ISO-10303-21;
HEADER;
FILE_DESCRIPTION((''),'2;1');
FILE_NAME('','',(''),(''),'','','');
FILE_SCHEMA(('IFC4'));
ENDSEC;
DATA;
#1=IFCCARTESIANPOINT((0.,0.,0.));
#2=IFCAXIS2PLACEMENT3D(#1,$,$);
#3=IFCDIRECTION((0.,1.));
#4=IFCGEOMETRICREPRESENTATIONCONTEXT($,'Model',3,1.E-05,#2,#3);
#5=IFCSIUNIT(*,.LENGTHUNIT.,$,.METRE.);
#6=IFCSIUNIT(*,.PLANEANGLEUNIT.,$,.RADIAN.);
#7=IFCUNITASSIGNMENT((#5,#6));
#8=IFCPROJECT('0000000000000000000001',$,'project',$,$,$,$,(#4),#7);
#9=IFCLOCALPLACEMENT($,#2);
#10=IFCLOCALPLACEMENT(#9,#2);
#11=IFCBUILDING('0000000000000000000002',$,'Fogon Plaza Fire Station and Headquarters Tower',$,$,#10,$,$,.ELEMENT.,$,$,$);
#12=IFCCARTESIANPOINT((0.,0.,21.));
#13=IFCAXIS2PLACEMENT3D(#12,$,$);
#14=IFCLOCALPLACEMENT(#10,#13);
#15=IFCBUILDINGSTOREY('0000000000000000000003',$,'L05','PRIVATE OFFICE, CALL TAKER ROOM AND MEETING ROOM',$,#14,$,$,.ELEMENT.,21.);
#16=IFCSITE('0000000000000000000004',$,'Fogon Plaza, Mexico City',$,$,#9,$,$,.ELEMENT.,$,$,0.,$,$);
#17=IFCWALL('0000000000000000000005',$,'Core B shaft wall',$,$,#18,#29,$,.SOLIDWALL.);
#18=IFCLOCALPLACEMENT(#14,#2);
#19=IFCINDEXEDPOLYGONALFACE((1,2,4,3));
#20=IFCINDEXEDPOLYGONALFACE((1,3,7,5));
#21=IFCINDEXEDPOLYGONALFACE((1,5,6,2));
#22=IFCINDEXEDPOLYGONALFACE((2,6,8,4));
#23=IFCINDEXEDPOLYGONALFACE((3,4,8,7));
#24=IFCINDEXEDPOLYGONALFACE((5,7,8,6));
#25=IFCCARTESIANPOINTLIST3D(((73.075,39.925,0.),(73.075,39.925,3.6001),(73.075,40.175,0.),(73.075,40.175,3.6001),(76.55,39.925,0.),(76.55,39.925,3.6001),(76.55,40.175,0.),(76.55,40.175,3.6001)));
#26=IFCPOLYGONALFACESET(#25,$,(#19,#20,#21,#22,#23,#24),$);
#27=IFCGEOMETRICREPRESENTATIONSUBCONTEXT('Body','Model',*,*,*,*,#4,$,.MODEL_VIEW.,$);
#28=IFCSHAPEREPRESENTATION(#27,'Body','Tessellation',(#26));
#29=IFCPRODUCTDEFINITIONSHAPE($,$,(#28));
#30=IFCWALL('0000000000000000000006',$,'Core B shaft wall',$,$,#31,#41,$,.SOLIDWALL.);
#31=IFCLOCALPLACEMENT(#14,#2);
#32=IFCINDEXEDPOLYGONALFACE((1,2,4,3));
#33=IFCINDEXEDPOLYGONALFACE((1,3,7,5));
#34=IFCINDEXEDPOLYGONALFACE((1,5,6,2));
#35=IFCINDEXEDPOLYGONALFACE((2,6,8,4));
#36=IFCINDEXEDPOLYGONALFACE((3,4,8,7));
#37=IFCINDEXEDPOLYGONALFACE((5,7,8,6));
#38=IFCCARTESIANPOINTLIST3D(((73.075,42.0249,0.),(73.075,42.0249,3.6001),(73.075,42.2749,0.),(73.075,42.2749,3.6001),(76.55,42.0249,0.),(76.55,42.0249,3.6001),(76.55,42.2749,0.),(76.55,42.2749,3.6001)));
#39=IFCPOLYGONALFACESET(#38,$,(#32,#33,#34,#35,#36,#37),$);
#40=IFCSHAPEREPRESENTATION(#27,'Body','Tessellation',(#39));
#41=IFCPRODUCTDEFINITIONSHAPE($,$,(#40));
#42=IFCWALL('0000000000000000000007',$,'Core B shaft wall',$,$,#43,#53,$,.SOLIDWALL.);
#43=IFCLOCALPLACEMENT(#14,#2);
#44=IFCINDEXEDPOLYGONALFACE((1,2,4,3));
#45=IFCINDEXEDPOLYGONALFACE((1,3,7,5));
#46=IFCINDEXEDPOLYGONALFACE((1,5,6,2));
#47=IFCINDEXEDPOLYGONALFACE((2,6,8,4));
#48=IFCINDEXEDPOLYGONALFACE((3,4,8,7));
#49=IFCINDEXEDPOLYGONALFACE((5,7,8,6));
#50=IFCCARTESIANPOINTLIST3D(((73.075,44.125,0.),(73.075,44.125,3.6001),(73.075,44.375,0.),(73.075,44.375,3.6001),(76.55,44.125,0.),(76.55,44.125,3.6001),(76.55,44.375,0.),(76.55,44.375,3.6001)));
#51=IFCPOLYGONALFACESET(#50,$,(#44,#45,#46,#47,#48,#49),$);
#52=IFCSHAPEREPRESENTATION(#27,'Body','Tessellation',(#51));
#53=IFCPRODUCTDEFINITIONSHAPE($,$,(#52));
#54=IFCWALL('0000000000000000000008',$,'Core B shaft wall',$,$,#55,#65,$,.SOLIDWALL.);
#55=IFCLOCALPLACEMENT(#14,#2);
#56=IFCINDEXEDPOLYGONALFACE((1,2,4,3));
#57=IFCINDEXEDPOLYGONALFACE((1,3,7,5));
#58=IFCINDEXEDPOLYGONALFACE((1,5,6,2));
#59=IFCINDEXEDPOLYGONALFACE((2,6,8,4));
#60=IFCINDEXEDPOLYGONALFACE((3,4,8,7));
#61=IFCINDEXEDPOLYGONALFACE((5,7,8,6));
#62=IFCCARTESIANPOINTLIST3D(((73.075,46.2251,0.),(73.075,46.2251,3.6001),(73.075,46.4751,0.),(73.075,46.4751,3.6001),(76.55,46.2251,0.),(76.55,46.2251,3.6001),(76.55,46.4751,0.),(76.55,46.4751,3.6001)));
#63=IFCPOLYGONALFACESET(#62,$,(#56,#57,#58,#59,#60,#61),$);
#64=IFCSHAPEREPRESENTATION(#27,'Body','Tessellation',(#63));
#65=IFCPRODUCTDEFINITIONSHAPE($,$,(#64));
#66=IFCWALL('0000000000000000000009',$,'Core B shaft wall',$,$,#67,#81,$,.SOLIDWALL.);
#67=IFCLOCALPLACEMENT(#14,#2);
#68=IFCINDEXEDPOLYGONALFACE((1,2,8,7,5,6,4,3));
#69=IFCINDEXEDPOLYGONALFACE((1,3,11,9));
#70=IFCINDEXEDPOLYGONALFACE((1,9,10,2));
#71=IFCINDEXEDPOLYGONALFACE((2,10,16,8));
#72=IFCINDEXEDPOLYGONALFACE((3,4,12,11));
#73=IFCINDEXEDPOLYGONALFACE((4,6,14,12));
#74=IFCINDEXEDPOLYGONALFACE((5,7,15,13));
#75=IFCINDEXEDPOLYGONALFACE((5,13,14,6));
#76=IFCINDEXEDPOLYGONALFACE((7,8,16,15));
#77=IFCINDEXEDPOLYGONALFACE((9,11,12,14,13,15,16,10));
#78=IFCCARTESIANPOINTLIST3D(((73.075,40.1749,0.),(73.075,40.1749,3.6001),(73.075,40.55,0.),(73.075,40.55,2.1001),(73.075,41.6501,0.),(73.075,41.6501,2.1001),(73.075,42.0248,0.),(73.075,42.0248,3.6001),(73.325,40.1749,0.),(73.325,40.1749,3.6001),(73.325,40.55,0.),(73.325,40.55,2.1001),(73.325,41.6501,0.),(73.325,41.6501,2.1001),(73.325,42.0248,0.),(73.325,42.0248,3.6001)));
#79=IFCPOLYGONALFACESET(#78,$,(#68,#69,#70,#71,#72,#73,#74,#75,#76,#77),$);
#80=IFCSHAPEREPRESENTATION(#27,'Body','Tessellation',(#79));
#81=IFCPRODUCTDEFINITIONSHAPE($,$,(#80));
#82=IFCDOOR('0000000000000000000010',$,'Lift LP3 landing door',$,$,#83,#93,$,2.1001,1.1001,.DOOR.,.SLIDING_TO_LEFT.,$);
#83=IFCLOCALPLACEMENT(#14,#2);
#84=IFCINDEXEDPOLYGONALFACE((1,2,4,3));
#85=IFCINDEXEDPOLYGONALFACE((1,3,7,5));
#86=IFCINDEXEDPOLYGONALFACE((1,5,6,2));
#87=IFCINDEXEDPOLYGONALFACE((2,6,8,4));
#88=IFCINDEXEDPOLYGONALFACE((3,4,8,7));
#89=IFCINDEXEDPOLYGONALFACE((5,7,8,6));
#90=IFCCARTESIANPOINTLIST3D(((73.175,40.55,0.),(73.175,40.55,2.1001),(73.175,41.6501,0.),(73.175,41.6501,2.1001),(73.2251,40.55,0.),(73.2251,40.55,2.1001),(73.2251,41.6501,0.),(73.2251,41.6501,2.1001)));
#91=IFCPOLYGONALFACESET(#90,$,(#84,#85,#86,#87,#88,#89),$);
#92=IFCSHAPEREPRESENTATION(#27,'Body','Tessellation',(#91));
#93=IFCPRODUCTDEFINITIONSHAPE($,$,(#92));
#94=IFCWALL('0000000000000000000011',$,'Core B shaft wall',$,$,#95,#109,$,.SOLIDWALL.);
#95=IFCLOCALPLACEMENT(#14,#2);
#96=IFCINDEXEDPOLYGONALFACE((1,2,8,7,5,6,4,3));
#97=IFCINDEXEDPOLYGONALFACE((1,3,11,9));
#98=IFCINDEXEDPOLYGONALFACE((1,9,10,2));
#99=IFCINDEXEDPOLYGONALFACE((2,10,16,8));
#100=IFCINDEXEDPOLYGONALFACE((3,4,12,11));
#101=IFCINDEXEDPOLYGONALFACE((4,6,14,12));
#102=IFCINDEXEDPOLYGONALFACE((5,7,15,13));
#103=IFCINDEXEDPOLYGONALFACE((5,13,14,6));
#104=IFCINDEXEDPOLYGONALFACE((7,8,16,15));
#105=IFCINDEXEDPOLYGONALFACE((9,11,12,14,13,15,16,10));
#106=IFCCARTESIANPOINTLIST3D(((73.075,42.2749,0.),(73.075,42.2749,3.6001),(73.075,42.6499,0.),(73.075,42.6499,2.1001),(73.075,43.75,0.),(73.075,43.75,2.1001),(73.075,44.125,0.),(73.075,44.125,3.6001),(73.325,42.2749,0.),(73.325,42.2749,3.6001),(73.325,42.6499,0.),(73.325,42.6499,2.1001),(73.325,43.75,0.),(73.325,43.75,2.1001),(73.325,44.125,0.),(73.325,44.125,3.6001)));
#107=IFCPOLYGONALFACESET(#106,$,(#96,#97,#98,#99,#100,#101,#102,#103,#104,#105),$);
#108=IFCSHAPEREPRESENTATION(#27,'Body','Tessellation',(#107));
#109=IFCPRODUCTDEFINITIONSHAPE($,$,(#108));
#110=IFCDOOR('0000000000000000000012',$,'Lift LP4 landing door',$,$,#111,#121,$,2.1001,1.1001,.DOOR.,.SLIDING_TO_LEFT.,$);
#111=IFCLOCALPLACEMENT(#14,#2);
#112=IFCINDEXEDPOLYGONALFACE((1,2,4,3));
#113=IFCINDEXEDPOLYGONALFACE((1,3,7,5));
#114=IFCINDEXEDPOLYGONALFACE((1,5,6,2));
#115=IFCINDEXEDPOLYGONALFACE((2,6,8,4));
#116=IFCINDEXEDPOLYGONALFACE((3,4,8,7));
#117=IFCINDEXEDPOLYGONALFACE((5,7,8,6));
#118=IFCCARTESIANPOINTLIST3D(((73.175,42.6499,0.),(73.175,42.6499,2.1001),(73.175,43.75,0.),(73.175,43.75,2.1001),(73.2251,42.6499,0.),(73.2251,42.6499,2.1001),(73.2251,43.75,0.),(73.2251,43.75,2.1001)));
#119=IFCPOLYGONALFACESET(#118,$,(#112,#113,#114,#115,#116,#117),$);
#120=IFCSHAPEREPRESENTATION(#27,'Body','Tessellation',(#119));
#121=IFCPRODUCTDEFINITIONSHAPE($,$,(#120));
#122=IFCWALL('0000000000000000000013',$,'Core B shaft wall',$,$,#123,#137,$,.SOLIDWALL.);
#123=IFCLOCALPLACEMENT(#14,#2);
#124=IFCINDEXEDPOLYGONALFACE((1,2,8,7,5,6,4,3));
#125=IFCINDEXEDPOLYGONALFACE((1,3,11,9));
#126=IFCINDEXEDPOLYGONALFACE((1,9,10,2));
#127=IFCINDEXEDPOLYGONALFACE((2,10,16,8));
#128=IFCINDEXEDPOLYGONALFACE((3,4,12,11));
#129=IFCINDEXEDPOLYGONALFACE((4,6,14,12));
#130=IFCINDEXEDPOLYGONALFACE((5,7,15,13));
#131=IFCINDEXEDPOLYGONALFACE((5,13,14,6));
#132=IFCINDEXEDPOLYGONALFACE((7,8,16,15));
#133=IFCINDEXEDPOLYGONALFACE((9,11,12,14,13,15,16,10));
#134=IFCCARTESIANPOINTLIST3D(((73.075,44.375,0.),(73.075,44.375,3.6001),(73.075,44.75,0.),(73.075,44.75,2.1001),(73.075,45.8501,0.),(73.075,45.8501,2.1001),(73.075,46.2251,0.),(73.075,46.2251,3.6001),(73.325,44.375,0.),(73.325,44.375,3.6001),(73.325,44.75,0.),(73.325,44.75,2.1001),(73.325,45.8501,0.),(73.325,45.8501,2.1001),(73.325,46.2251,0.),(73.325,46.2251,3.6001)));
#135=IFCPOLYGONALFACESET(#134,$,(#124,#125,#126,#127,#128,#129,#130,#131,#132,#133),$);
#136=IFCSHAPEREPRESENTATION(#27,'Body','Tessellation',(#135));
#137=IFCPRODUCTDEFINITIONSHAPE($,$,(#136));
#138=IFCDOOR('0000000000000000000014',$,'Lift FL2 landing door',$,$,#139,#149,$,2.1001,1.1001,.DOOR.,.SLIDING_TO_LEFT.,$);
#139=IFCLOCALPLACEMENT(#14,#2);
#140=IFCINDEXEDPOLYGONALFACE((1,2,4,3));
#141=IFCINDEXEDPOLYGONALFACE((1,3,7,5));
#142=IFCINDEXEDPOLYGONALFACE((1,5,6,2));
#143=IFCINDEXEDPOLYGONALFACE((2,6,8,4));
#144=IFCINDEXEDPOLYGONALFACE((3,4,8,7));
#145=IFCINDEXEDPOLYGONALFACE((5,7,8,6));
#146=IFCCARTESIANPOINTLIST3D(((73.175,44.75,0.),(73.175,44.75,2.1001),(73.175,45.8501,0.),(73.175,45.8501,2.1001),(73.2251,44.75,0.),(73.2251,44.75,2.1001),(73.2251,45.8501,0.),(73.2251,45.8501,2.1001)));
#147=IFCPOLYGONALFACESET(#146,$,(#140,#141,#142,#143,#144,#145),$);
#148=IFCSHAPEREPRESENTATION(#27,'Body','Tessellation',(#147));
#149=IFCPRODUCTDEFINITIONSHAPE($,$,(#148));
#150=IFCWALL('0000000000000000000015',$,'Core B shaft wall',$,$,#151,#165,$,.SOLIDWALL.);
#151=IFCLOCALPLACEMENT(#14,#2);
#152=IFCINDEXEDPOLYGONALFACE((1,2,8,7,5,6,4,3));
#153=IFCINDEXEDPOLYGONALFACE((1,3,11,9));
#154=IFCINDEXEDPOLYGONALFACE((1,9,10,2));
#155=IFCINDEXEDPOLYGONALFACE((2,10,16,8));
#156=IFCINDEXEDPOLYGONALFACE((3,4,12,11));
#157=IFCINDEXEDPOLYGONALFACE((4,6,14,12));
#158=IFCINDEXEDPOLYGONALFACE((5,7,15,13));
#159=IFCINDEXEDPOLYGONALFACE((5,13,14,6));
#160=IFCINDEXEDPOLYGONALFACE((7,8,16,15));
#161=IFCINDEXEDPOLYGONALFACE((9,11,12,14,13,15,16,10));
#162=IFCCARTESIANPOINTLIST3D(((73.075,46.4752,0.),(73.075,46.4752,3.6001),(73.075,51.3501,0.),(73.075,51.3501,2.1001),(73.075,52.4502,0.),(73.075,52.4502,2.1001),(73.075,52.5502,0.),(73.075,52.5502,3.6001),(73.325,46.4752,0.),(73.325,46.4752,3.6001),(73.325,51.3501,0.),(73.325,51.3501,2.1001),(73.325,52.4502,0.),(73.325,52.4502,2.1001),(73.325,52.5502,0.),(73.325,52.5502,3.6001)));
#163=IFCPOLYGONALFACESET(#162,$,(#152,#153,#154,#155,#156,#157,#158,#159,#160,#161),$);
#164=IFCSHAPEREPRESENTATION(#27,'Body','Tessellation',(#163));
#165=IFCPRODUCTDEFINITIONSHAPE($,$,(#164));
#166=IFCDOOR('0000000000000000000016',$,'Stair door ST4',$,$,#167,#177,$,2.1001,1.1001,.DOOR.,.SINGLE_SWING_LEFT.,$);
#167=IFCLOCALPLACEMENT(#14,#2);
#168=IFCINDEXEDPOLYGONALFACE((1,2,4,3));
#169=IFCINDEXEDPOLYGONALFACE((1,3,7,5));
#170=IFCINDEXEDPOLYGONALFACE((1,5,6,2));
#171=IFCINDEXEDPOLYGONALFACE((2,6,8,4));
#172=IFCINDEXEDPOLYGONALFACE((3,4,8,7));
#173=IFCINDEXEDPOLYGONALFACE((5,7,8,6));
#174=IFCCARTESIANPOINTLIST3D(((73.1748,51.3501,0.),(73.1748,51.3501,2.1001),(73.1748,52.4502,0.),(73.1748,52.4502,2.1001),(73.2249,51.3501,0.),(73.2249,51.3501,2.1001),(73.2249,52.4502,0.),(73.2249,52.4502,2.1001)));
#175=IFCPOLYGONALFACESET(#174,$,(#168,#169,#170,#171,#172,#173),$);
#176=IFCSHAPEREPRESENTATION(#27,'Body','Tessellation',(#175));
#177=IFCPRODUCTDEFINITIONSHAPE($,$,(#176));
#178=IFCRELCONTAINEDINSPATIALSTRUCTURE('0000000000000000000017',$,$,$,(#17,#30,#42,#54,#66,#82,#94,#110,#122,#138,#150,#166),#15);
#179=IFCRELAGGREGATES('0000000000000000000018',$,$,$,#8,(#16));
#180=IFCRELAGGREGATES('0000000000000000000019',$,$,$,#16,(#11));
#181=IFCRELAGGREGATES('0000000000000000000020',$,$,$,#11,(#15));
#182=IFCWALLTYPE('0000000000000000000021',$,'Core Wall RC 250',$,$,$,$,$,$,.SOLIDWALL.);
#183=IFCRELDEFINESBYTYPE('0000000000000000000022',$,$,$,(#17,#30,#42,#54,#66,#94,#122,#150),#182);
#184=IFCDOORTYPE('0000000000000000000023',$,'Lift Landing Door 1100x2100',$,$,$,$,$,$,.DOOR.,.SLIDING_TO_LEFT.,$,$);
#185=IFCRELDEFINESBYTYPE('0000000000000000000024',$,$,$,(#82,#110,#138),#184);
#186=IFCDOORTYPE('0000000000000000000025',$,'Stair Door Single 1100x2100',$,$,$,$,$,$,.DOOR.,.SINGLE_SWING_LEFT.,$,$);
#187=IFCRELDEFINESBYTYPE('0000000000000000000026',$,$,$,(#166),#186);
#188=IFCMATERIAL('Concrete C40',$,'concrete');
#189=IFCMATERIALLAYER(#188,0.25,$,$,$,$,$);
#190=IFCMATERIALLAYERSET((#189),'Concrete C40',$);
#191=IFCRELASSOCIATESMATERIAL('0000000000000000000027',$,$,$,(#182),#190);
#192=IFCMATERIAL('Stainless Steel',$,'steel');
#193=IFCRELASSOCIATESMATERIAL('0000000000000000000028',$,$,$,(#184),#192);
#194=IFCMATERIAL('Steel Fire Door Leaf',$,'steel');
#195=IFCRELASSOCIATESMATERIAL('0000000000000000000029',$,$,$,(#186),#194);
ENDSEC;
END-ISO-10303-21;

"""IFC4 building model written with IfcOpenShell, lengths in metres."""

from ifc_helpers import new_model, si_unit, direction, frame, frame_2d, origin, place, context, subcontext, project, spatial, rectangle, extrude, material, layer, layer_set, type_object, element, fill, save


model = new_model("IFC4")

# Units and contexts
model_context = context("Model", 3, precision=1e-05, world=origin(), true_north=direction((0.0, 1.0)))
body_context = subcontext(model_context, "Body", "Model", "MODEL_VIEW")
ifc_project = project(units=[si_unit("LENGTHUNIT", "METRE"), si_unit("PLANEANGLEUNIT", "RADIAN")], contexts=[model_context])

# Site, building, storey
site_placement = place(None, origin())
site = spatial("IfcSite", under=ifc_project, at=site_placement, Name="Fogon Plaza, Mexico City", CompositionType="ELEMENT", RefElevation=0.0)
building_placement = place(site_placement, origin())
building = spatial("IfcBuilding", under=site, at=building_placement, Name="Fogon Plaza Fire Station and Headquarters Tower", CompositionType="ELEMENT")
storey_placement = place(building_placement, frame((0.0, 0.0, 21.0)))
storey = spatial("IfcBuildingStorey", under=building, at=storey_placement, Name="L05", Description="PRIVATE OFFICE, CALL TAKER ROOM AND MEETING ROOM", CompositionType="ELEMENT", Elevation=21.0)

# Walls
ifc_material_1 = material(Name="Concrete C40", Category="concrete")
ifc_layer_1 = layer(ifc_material_1, 0.25)
ifc_layer_set_1 = layer_set([ifc_layer_1], Name="Concrete C40")
wall_type_1 = type_object("IfcWallType", Name="Core Wall RC 250", PredefinedType="SOLIDWALL", material=ifc_layer_set_1)
for number, where, z_axis, x_axis, name in (
    (1, (76.55, 40.05, 0.0), (0.0, 0.0, 1.0), (-1.0, 0.0, 0.0), "Core B shaft wall"),
    (2, (76.55, 42.1499, 0.0), (0.0, 0.0, 1.0), (-1.0, 0.0, 0.0), "Core B shaft wall"),
    (3, (76.55, 44.25, 0.0), (0.0, 0.0, 1.0), (-1.0, 0.0, 0.0), "Core B shaft wall"),
    (4, (76.55, 46.3501, 0.0), (0.0, 0.0, 1.0), (-1.0, 0.0, 0.0), "Core B shaft wall"),
):
    element("IfcWall", number, at=place(storey_placement, frame(where, z_axis=z_axis, x_axis=x_axis)), inside=storey, type_object=wall_type_1, Name=name, PredefinedType="SOLIDWALL", context=body_context, shape_type="SweptSolid", body=[
        extrude(rectangle(XDim=3.4751, YDim=0.25, at=frame_2d((1.7375, 0.0))), origin(), (0.0, 0.0, 1.0), 3.6001),
    ])

# Walls, openings, doors
wall_1_placement = place(storey_placement, frame((73.2, 40.175, 0.0), z_axis=(0.0, 0.0, 1.0), x_axis=(0.0, 1.0, 0.0)))
wall_1 = element("IfcWall", 5, at=wall_1_placement, inside=storey, type_object=wall_type_1, Name="Core B shaft wall", PredefinedType="SOLIDWALL", context=body_context, shape_type="SweptSolid", body=[
    extrude(rectangle(XDim=1.8499, YDim=0.25, at=frame_2d((0.9248, 0.0))), origin(), (0.0, 0.0, 1.0), 3.6001),
])
opening_1_placement = place(wall_1_placement, frame((0.375, 0.0, 0.0)))
opening_1 = element("IfcOpeningElement", 6, at=opening_1_placement, cuts=wall_1, PredefinedType="OPENING", context=body_context, shape_type="SweptSolid", body=[
    extrude(rectangle(XDim=1.1001, YDim=2.1001, at=frame_2d((0.55, 1.05))), frame((0.0, 0.135, 0.0), z_axis=(0.0, -1.0, 0.0), x_axis=(1.0, 0.0, 0.0)), (0.0, 0.0, 1.0), 0.27),
])
ifc_material_2 = material(Name="Stainless Steel", Category="steel")
door_type_1 = type_object("IfcDoorType", Name="Lift Landing Door 1100x2100", OperationType="SLIDING_TO_LEFT", PredefinedType="DOOR", material=ifc_material_2)
door_1_placement = place(opening_1_placement, origin())
door_1 = element("IfcDoor", 7, at=door_1_placement, inside=storey, type_object=door_type_1, Name="Lift LP3 landing door", OperationType="SLIDING_TO_LEFT", OverallHeight=2.1001, OverallWidth=1.1001, PredefinedType="DOOR", context=body_context, shape_type="SweptSolid", body=[
    extrude(rectangle(XDim=1.1001, YDim=2.1001, at=frame_2d((0.55, 1.05))), frame((0.0, 0.0249, 0.0), z_axis=(0.0, -1.0, 0.0), x_axis=(1.0, 0.0, 0.0)), (0.0, 0.0, 1.0), 0.05),
])
fill(opening_1, door_1)
wall_2_placement = place(storey_placement, frame((73.2, 42.2749, 0.0), z_axis=(0.0, 0.0, 1.0), x_axis=(0.0, 1.0, 0.0)))
wall_2 = element("IfcWall", 8, at=wall_2_placement, inside=storey, type_object=wall_type_1, Name="Core B shaft wall", PredefinedType="SOLIDWALL", context=body_context, shape_type="SweptSolid", body=[
    extrude(rectangle(XDim=1.8501, YDim=0.25, at=frame_2d((0.925, 0.0))), origin(), (0.0, 0.0, 1.0), 3.6001),
])
opening_2_placement = place(wall_2_placement, frame((0.375, 0.0, 0.0)))
opening_2 = element("IfcOpeningElement", 9, at=opening_2_placement, cuts=wall_2, PredefinedType="OPENING", context=body_context, shape_type="SweptSolid", body=[
    extrude(rectangle(XDim=1.1001, YDim=2.1001, at=frame_2d((0.55, 1.05))), frame((0.0, 0.135, 0.0), z_axis=(0.0, -1.0, 0.0), x_axis=(1.0, 0.0, 0.0)), (0.0, 0.0, 1.0), 0.27),
])
door_2_placement = place(opening_2_placement, origin())
door_2 = element("IfcDoor", 10, at=door_2_placement, inside=storey, type_object=door_type_1, Name="Lift LP4 landing door", OperationType="SLIDING_TO_LEFT", OverallHeight=2.1001, OverallWidth=1.1001, PredefinedType="DOOR", context=body_context, shape_type="SweptSolid", body=[
    extrude(rectangle(XDim=1.1001, YDim=2.1001, at=frame_2d((0.55, 1.05))), frame((0.0, 0.0249, 0.0), z_axis=(0.0, -1.0, 0.0), x_axis=(1.0, 0.0, 0.0)), (0.0, 0.0, 1.0), 0.05),
])
fill(opening_2, door_2)
wall_3_placement = place(storey_placement, frame((73.2, 44.375, 0.0), z_axis=(0.0, 0.0, 1.0), x_axis=(0.0, 1.0, 0.0)))
wall_3 = element("IfcWall", 11, at=wall_3_placement, inside=storey, type_object=wall_type_1, Name="Core B shaft wall", PredefinedType="SOLIDWALL", context=body_context, shape_type="SweptSolid", body=[
    extrude(rectangle(XDim=1.8501, YDim=0.25, at=frame_2d((0.925, 0.0))), origin(), (0.0, 0.0, 1.0), 3.6001),
])
opening_3_placement = place(wall_3_placement, frame((0.375, 0.0, 0.0)))
opening_3 = element("IfcOpeningElement", 12, at=opening_3_placement, cuts=wall_3, PredefinedType="OPENING", context=body_context, shape_type="SweptSolid", body=[
    extrude(rectangle(XDim=1.1001, YDim=2.1001, at=frame_2d((0.55, 1.05))), frame((0.0, 0.135, 0.0), z_axis=(0.0, -1.0, 0.0), x_axis=(1.0, 0.0, 0.0)), (0.0, 0.0, 1.0), 0.27),
])
door_3_placement = place(opening_3_placement, origin())
door_3 = element("IfcDoor", 13, at=door_3_placement, inside=storey, type_object=door_type_1, Name="Lift FL2 landing door", OperationType="SLIDING_TO_LEFT", OverallHeight=2.1001, OverallWidth=1.1001, PredefinedType="DOOR", context=body_context, shape_type="SweptSolid", body=[
    extrude(rectangle(XDim=1.1001, YDim=2.1001, at=frame_2d((0.55, 1.05))), frame((0.0, 0.0249, 0.0), z_axis=(0.0, -1.0, 0.0), x_axis=(1.0, 0.0, 0.0)), (0.0, 0.0, 1.0), 0.05),
])
fill(opening_3, door_3)
wall_4_placement = place(storey_placement, frame((73.2, 46.4751, 0.0), z_axis=(0.0, 0.0, 1.0), x_axis=(0.0, 1.0, 0.0)))
wall_4 = element("IfcWall", 14, at=wall_4_placement, inside=storey, type_object=wall_type_1, Name="Core B shaft wall", PredefinedType="SOLIDWALL", context=body_context, shape_type="SweptSolid", body=[
    extrude(rectangle(XDim=6.075, YDim=0.25, at=frame_2d((3.0376, 0.0))), origin(), (0.0, 0.0, 1.0), 3.6001),
])
opening_4_placement = place(wall_4_placement, frame((4.875, 0.0, 0.0)))
opening_4 = element("IfcOpeningElement", 15, at=opening_4_placement, cuts=wall_4, PredefinedType="OPENING", context=body_context, shape_type="SweptSolid", body=[
    extrude(rectangle(XDim=1.1001, YDim=2.1001, at=frame_2d((0.55, 1.05))), frame((0.0, 0.135, 0.0), z_axis=(0.0, -1.0, 0.0), x_axis=(1.0, 0.0, 0.0)), (0.0, 0.0, 1.0), 0.27),
])
ifc_material_3 = material(Name="Steel Fire Door Leaf", Category="steel")
door_type_2 = type_object("IfcDoorType", Name="Stair Door Single 1100x2100", OperationType="SINGLE_SWING_LEFT", PredefinedType="DOOR", material=ifc_material_3)
door_4_placement = place(opening_4_placement, frame((1.1001, 0.0, 0.0), z_axis=(0.0, 0.0, 1.0), x_axis=(-1.0, 0.0, 0.0)))
door_4 = element("IfcDoor", 16, at=door_4_placement, inside=storey, type_object=door_type_2, Name="Stair door ST4", OperationType="SINGLE_SWING_LEFT", OverallHeight=2.1001, OverallWidth=1.1001, PredefinedType="DOOR", context=body_context, shape_type="SweptSolid", body=[
    extrude(rectangle(XDim=1.1001, YDim=2.1001, at=frame_2d((0.55, 1.05))), frame((0.0, 0.0249, 0.0), z_axis=(0.0, -1.0, 0.0), x_axis=(1.0, 0.0, 0.0)), (0.0, 0.0, 1.0), 0.05),
])
fill(opening_4, door_4)

save(model, "model.ifc")
